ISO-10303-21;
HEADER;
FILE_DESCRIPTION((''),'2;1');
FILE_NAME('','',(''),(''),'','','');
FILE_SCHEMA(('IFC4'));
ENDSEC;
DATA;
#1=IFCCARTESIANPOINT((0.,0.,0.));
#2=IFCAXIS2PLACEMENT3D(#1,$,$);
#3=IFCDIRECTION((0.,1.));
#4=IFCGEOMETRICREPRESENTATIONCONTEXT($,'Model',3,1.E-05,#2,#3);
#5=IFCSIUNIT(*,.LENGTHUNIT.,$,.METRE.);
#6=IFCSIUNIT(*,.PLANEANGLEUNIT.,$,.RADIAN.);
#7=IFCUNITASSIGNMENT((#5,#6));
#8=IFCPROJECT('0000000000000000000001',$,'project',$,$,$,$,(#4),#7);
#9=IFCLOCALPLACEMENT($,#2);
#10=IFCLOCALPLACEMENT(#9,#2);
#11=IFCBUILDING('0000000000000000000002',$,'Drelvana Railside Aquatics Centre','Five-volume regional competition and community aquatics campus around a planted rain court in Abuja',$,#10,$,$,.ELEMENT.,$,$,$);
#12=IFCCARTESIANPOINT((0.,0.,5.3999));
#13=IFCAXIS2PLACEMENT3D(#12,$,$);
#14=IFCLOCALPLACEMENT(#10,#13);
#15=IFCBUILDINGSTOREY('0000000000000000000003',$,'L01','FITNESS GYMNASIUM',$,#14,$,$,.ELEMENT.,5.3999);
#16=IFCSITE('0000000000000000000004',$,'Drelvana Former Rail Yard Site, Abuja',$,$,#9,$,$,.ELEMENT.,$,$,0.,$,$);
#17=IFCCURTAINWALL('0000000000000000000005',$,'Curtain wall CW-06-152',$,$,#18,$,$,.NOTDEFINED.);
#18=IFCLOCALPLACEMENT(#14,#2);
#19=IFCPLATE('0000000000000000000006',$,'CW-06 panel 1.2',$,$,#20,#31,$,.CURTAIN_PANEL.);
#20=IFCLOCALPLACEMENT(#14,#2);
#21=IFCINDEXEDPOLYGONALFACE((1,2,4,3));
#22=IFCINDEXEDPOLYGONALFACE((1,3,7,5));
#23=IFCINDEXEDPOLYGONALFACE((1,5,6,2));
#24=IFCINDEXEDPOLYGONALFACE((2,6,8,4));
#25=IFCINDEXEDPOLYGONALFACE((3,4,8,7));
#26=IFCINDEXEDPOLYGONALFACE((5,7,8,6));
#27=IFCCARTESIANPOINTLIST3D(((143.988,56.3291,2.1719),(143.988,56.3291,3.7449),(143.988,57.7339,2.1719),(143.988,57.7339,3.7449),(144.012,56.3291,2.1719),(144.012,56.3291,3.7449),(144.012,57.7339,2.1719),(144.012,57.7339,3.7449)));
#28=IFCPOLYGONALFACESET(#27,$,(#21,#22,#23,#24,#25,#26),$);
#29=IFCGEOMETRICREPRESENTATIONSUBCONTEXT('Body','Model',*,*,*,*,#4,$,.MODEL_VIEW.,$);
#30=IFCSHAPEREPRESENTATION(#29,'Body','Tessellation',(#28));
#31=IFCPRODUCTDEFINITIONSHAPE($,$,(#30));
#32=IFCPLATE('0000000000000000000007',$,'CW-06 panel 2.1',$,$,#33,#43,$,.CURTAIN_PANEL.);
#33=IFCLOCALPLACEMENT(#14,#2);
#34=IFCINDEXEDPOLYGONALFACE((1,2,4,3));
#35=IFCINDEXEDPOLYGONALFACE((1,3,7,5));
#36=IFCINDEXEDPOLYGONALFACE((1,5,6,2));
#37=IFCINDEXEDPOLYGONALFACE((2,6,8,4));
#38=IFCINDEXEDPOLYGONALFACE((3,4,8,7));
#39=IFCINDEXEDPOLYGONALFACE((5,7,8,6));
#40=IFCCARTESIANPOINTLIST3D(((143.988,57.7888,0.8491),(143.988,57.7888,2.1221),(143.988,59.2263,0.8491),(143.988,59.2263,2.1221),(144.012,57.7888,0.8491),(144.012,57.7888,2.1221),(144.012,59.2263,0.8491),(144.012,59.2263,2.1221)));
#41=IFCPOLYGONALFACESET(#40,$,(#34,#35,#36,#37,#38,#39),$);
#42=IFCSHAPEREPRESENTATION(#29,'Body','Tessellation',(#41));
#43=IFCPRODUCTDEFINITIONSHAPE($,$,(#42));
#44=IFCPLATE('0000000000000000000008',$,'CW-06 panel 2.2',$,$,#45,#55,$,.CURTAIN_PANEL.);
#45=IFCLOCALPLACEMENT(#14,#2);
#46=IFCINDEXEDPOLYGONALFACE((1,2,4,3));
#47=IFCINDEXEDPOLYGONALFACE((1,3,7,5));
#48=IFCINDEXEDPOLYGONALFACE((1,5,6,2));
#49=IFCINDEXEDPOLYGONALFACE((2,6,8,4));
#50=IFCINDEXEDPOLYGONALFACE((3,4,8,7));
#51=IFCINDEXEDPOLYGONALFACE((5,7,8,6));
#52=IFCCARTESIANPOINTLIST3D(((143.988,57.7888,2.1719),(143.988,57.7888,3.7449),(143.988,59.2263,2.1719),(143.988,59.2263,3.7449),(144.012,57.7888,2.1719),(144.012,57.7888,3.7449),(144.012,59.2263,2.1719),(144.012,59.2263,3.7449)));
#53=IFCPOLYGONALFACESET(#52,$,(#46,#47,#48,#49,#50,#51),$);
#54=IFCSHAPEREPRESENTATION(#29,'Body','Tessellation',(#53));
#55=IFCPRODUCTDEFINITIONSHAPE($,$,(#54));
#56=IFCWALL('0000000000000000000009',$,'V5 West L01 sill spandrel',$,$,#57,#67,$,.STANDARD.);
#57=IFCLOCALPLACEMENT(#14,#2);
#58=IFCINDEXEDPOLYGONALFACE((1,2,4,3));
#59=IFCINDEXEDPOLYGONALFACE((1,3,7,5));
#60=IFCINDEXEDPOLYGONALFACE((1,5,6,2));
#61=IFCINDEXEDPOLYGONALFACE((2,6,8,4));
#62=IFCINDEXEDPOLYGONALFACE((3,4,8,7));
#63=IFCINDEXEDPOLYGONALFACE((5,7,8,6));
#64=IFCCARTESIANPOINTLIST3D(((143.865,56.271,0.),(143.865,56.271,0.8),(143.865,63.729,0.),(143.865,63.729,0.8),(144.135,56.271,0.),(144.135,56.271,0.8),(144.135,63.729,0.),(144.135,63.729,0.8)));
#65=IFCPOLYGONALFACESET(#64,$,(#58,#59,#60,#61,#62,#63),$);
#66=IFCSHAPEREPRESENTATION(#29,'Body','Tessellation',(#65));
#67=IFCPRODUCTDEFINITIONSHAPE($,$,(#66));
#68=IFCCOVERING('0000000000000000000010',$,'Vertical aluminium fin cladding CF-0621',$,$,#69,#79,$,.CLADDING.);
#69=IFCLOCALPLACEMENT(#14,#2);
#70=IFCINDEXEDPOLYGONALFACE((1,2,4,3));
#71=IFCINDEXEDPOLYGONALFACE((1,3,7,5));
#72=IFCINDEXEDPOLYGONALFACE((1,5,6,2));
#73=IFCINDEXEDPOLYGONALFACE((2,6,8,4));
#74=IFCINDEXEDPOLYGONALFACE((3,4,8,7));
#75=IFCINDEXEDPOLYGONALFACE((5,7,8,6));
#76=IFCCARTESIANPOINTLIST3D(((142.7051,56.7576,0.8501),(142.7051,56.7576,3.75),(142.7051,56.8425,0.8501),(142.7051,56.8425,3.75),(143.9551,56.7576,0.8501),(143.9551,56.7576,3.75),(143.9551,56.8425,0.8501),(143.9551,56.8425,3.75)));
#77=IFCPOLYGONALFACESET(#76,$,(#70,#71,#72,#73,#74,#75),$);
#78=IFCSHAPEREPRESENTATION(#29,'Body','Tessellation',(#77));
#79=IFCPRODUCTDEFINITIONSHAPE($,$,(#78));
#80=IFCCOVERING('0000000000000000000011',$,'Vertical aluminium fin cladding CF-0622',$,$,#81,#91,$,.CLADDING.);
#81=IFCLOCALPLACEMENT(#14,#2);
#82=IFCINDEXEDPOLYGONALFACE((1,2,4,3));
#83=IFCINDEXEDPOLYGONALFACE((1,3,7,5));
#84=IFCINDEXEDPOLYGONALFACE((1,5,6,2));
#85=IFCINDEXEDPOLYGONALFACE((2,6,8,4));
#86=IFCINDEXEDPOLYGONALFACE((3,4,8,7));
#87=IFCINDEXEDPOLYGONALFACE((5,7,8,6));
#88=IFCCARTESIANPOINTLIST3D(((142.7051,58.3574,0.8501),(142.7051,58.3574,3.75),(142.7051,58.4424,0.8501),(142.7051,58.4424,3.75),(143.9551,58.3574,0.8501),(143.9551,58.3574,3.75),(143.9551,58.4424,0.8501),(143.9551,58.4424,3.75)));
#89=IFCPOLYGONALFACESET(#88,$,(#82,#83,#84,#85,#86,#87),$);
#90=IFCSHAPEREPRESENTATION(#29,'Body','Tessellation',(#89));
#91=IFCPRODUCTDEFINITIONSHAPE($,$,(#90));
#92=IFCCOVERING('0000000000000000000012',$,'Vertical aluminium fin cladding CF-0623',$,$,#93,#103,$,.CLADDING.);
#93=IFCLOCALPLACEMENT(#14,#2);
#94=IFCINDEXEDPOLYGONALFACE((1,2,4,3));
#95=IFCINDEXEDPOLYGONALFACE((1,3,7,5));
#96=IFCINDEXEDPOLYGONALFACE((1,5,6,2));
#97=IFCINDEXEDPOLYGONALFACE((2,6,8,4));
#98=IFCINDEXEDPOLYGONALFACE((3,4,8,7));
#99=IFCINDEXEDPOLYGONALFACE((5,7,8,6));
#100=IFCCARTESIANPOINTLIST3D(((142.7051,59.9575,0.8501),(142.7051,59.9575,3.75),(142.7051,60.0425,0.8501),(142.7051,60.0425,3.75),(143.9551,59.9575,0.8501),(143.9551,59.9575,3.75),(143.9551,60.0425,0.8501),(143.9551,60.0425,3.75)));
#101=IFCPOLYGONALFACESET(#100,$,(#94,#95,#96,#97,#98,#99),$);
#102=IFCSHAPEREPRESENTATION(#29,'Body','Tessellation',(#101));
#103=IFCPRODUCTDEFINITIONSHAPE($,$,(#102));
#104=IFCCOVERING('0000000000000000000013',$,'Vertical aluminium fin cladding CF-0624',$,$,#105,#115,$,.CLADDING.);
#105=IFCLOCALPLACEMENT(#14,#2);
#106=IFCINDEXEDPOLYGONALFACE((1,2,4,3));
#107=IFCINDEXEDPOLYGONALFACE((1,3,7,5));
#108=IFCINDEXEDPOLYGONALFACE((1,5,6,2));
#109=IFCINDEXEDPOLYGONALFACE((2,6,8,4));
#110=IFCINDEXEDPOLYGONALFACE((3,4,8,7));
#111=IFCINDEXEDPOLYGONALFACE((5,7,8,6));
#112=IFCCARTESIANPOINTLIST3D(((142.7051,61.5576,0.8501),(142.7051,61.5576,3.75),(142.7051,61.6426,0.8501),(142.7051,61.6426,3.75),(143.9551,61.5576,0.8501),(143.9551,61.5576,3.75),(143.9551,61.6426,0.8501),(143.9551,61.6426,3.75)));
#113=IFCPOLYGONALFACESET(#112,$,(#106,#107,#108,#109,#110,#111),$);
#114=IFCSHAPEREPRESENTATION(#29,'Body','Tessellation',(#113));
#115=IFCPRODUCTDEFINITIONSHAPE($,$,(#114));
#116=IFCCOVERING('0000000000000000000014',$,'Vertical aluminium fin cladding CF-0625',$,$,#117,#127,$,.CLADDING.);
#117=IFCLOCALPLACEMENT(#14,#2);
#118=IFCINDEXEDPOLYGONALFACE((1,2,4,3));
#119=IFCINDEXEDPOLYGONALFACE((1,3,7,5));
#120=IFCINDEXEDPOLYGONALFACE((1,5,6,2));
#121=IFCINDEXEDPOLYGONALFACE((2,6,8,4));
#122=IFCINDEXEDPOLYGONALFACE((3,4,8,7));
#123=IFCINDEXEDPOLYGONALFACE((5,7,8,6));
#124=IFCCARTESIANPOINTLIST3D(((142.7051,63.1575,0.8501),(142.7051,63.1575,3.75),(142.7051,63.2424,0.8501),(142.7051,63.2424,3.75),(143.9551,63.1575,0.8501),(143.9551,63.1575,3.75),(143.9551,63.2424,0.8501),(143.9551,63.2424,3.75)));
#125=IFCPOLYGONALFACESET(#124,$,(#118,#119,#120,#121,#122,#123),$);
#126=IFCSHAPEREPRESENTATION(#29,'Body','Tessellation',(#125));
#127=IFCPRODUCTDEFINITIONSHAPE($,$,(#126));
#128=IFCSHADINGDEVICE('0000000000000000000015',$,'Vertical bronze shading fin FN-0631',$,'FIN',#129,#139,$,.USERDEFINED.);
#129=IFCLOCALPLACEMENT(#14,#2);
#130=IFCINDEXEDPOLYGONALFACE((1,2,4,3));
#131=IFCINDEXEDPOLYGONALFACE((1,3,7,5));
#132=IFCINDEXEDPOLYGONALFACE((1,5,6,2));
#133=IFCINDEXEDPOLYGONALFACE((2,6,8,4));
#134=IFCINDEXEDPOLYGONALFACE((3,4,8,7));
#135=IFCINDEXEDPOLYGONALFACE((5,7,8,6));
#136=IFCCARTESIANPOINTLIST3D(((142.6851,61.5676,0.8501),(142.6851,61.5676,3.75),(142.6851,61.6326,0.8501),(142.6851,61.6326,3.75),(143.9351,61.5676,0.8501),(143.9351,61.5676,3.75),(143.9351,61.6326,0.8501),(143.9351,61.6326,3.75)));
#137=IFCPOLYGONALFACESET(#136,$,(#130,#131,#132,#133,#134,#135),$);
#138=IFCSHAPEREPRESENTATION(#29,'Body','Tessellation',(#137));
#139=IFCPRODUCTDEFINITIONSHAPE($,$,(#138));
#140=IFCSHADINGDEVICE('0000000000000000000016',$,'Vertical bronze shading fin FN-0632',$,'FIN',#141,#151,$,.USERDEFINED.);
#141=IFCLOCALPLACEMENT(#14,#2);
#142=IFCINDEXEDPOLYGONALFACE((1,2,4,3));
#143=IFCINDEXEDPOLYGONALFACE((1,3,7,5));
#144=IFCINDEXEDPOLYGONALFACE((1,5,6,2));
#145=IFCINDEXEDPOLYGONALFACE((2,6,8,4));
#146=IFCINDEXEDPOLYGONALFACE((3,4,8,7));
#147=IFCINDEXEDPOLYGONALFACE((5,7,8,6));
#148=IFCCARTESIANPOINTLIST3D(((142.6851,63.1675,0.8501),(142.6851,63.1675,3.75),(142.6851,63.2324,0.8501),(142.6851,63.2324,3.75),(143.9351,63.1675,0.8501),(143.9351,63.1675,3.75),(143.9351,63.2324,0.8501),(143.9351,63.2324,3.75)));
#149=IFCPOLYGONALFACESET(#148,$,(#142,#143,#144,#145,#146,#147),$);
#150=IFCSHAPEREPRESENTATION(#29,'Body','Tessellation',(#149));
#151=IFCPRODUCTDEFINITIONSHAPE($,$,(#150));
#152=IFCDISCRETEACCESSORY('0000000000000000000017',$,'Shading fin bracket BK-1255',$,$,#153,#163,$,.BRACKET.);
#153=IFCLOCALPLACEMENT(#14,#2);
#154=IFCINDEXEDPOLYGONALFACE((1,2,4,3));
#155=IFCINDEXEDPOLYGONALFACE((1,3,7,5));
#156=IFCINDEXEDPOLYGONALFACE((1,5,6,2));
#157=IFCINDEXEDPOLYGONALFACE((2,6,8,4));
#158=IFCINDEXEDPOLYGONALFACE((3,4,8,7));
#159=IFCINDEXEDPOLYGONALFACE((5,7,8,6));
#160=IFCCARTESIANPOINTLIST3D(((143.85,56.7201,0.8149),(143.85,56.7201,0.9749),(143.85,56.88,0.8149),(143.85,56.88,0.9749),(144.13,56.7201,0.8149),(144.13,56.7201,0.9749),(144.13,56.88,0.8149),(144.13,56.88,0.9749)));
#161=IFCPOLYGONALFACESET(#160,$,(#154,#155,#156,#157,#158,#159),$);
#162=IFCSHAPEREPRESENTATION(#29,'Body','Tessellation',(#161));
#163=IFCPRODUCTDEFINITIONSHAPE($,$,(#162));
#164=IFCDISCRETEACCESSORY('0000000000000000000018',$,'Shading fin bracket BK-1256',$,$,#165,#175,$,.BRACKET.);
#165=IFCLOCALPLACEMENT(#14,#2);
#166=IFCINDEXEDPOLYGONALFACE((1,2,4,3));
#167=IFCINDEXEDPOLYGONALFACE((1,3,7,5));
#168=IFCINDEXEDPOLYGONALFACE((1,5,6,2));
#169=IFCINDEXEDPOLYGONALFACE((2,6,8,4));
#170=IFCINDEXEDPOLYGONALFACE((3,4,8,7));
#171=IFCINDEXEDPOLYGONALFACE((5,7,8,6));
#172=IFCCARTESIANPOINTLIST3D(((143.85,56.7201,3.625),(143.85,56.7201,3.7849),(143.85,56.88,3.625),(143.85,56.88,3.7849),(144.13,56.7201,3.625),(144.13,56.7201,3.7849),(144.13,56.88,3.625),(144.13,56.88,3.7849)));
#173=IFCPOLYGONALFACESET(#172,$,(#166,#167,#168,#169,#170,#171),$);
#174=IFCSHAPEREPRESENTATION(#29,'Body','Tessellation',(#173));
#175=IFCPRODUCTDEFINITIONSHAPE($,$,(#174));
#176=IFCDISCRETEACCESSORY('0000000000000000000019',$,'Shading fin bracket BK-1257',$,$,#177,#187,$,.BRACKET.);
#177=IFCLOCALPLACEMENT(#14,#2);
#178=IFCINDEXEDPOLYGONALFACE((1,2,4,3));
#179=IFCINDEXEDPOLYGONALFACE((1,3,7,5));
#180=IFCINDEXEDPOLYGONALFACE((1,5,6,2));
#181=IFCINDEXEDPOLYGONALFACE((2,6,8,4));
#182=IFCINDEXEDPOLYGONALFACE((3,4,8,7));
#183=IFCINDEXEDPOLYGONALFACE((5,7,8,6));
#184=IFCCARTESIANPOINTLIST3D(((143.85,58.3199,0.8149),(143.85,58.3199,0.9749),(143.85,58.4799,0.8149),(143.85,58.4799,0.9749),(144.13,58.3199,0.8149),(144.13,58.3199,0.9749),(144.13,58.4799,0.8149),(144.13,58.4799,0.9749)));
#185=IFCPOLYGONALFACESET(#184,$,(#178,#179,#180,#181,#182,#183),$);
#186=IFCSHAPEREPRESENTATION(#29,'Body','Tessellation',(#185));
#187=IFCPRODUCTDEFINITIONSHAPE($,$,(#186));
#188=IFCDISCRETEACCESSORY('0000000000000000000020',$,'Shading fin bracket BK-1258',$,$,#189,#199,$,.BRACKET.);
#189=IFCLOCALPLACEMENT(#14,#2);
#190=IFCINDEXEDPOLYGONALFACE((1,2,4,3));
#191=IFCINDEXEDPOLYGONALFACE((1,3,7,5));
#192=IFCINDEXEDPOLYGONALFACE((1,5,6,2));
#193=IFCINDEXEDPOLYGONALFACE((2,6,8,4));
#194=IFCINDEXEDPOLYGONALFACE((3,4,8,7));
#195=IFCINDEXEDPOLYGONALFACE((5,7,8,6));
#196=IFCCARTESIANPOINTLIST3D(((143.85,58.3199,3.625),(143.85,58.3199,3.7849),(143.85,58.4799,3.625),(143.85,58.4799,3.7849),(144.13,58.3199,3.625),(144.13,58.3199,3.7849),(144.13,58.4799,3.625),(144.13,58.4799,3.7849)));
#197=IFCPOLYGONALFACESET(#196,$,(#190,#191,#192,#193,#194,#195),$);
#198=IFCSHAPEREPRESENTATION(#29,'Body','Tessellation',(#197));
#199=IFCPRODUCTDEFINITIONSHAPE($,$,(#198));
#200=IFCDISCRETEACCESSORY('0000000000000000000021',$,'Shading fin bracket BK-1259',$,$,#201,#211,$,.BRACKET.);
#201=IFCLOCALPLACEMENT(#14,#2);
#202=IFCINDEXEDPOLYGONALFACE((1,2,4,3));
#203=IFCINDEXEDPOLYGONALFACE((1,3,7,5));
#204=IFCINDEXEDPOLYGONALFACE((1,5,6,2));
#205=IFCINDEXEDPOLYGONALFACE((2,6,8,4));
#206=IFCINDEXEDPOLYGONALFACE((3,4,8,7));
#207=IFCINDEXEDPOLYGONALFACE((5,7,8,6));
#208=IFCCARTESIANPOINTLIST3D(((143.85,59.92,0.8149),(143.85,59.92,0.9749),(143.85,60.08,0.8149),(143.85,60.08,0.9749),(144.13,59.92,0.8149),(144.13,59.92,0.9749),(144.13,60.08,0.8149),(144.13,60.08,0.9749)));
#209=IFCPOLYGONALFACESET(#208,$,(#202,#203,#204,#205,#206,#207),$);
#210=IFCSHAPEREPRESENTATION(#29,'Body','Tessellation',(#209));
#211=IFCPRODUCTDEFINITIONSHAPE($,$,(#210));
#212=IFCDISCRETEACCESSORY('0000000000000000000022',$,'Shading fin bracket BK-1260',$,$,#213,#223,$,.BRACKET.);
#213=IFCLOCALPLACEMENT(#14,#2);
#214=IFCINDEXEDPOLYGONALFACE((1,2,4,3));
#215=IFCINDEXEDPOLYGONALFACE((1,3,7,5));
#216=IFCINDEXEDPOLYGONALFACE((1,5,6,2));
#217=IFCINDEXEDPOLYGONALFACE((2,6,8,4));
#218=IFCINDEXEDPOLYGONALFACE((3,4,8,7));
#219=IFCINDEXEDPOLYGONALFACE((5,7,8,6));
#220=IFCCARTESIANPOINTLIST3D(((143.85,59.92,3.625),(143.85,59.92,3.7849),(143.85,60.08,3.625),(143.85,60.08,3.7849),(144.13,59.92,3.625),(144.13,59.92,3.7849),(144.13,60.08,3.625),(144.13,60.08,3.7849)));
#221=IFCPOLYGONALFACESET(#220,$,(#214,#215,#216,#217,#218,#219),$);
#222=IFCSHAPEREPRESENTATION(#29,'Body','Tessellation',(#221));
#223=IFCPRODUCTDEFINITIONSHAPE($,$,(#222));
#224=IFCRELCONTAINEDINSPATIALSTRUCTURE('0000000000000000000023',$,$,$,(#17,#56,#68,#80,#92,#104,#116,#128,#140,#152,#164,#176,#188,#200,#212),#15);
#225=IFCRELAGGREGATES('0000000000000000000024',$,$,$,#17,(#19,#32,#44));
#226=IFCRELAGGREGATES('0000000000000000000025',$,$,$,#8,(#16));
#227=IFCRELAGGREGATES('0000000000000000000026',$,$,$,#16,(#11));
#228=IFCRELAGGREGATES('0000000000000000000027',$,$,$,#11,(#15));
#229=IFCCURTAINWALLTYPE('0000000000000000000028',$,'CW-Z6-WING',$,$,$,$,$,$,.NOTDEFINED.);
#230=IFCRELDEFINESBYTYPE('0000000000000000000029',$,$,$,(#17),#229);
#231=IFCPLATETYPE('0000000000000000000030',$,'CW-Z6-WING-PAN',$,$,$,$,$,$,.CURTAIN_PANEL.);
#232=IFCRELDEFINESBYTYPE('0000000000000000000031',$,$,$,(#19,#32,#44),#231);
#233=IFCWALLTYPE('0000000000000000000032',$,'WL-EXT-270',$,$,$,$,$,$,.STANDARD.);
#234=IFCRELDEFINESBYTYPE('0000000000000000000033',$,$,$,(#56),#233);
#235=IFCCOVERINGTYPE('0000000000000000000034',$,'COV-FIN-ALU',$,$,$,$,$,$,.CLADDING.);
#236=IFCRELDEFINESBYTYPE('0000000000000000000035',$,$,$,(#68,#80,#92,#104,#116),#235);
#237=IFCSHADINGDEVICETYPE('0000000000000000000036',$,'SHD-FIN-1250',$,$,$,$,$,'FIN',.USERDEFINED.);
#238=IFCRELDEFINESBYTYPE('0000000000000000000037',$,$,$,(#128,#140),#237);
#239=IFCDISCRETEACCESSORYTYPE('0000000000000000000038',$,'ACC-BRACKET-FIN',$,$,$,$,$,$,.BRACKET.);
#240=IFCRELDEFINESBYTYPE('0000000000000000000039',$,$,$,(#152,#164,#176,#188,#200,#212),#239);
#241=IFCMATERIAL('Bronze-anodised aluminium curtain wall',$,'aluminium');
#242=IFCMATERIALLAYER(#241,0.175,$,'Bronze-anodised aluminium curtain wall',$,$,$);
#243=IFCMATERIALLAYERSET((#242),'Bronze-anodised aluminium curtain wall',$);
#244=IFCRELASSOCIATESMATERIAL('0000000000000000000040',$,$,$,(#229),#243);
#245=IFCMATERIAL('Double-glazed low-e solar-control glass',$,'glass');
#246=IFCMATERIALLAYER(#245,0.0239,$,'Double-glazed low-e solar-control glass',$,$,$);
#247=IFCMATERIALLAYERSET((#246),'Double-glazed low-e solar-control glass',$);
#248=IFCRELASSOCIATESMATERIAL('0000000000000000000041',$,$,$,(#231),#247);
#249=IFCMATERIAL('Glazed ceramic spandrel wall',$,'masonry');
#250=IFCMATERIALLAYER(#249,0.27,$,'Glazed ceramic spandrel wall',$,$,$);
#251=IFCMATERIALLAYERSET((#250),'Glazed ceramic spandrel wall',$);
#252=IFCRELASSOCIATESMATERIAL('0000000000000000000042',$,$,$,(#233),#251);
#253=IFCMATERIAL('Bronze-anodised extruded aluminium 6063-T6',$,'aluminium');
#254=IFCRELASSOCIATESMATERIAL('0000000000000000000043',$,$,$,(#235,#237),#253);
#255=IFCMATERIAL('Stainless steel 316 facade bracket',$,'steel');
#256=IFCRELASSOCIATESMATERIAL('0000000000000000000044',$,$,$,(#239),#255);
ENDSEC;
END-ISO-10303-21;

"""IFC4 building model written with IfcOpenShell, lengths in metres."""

from ifc_helpers import new_model, si_unit, direction, frame, frame_2d, origin, origin_2d, place, context, subcontext, project, spatial, rectangle, extrude, material, layer, layer_set, type_object, element, aggregate, save


model = new_model("IFC4")

# Units and contexts
model_context = context("Model", 3, precision=1e-05, world=origin(), true_north=direction((0.0, 1.0)))
body_context = subcontext(model_context, "Body", "Model", "MODEL_VIEW")
ifc_project = project(units=[si_unit("LENGTHUNIT", "METRE"), si_unit("PLANEANGLEUNIT", "RADIAN")], contexts=[model_context])

# Site, building, storey
site_placement = place(None, origin())
site = spatial("IfcSite", under=ifc_project, at=site_placement, Name="Drelvana Former Rail Yard Site, Abuja", CompositionType="ELEMENT", RefElevation=0.0)
building_placement = place(site_placement, origin())
building = spatial("IfcBuilding", under=site, at=building_placement, Name="Drelvana Railside Aquatics Centre", Description="Five-volume regional competition and community aquatics campus around a planted rain court in Abuja", CompositionType="ELEMENT")
storey_placement = place(building_placement, frame((0.0, 0.0, 5.3999)))
storey = spatial("IfcBuildingStorey", under=building, at=storey_placement, Name="L01", Description="FITNESS GYMNASIUM", CompositionType="ELEMENT", Elevation=5.3999)

# Curtain wall
ifc_material_1 = material(Name="Bronze-anodised aluminium curtain wall", Category="aluminium")
ifc_layer_1 = layer(ifc_material_1, 0.175, Name="Bronze-anodised aluminium curtain wall")
ifc_layer_set_1 = layer_set([ifc_layer_1], Name="Bronze-anodised aluminium curtain wall")
curtain_wall_type = type_object("IfcCurtainWallType", Name="CW-Z6-WING", PredefinedType="NOTDEFINED", material=ifc_layer_set_1)
curtain_wall_placement = place(storey_placement, origin())
curtain_wall = element("IfcCurtainWall", 1, at=curtain_wall_placement, inside=storey, type_object=curtain_wall_type, Name="Curtain wall CW-06-152", PredefinedType="NOTDEFINED")

# Plates
ifc_material_2 = material(Name="Double-glazed low-e solar-control glass", Category="glass")
ifc_layer_2 = layer(ifc_material_2, 0.0239, Name="Double-glazed low-e solar-control glass")
ifc_layer_set_2 = layer_set([ifc_layer_2], Name="Double-glazed low-e solar-control glass")
plate_type = type_object("IfcPlateType", Name="CW-Z6-WING-PAN", PredefinedType="CURTAIN_PANEL", material=ifc_layer_set_2)
plate_1_placement = place(storey_placement, frame((144.0, 57.0315, 2.1719), z_axis=(0.0, 0.0, 1.0), x_axis=(0.0, 1.0, 0.0)))
plate_1 = element("IfcPlate", 2, at=plate_1_placement, type_object=plate_type, Name="CW-06 panel 1.2", PredefinedType="CURTAIN_PANEL", context=body_context, shape_type="SweptSolid", body=[
    extrude(rectangle(XDim=1.4048, YDim=0.0239, at=origin_2d()), origin(), (0.0, 0.0, 1.0), 1.573),
])
plate_2_placement = place(storey_placement, frame((144.0, 58.5076, 0.8491), z_axis=(0.0, 0.0, 1.0), x_axis=(0.0, 1.0, 0.0)))
plate_2 = element("IfcPlate", 3, at=plate_2_placement, type_object=plate_type, Name="CW-06 panel 2.1", PredefinedType="CURTAIN_PANEL", context=body_context, shape_type="SweptSolid", body=[
    extrude(rectangle(XDim=1.4375, YDim=0.0239, at=origin_2d()), origin(), (0.0, 0.0, 1.0), 1.2729),
])
plate_3_placement = place(storey_placement, frame((144.0, 58.5076, 2.1719), z_axis=(0.0, 0.0, 1.0), x_axis=(0.0, 1.0, 0.0)))
plate_3 = element("IfcPlate", 4, at=plate_3_placement, type_object=plate_type, Name="CW-06 panel 2.2", PredefinedType="CURTAIN_PANEL", context=body_context, shape_type="SweptSolid", body=[
    extrude(rectangle(XDim=1.4375, YDim=0.0239, at=origin_2d()), origin(), (0.0, 0.0, 1.0), 1.573),
])
aggregate(curtain_wall, [plate_1, plate_2, plate_3])

# Wall
ifc_material_3 = material(Name="Glazed ceramic spandrel wall", Category="masonry")
ifc_layer_3 = layer(ifc_material_3, 0.27, Name="Glazed ceramic spandrel wall")
ifc_layer_set_3 = layer_set([ifc_layer_3], Name="Glazed ceramic spandrel wall")
wall_type = type_object("IfcWallType", Name="WL-EXT-270", PredefinedType="STANDARD", material=ifc_layer_set_3)
wall_placement = place(storey_placement, frame((144.0, 56.271, 0.0), z_axis=(0.0, 0.0, 1.0), x_axis=(0.0, 1.0, 0.0)))
element("IfcWall", 5, at=wall_placement, inside=storey, type_object=wall_type, Name="V5 West L01 sill spandrel", PredefinedType="STANDARD", context=body_context, shape_type="SweptSolid", body=[
    extrude(rectangle(XDim=7.458, YDim=0.27, at=frame_2d((3.729, 0.0))), origin(), (0.0, 0.0, 1.0), 0.8),
])

# Coverings
ifc_material_4 = material(Name="Bronze-anodised extruded aluminium 6063-T6", Category="aluminium")
covering_type = type_object("IfcCoveringType", Name="COV-FIN-ALU", PredefinedType="CLADDING", material=ifc_material_4)
for number, where, z_axis, x_axis, name in (
    (6, (143.3301, 56.8, 0.8501), (0.0, 0.0, 1.0), (0.0, 1.0, 0.0), "Vertical aluminium fin cladding CF-0621"),
    (7, (143.3301, 58.3999, 0.8501), (0.0, 0.0, 1.0), (0.0, 1.0, 0.0), "Vertical aluminium fin cladding CF-0622"),
    (8, (143.3301, 60.0, 0.8501), (0.0, 0.0, 1.0), (0.0, 1.0, 0.0), "Vertical aluminium fin cladding CF-0623"),
    (9, (143.3301, 61.6001, 0.8501), (0.0, 0.0, 1.0), (0.0, 1.0, 0.0), "Vertical aluminium fin cladding CF-0624"),
    (10, (143.3301, 63.2, 0.8501), (0.0, 0.0, 1.0), (0.0, 1.0, 0.0), "Vertical aluminium fin cladding CF-0625"),
):
    element("IfcCovering", number, at=place(storey_placement, frame(where, z_axis=z_axis, x_axis=x_axis)), inside=storey, type_object=covering_type, Name=name, PredefinedType="CLADDING", context=body_context, shape_type="SweptSolid", body=[
        extrude(rectangle(XDim=0.085, YDim=1.25, at=origin_2d()), origin(), (0.0, 0.0, 1.0), 2.8999),
    ])

# Shading devices
shading_device_type = type_object("IfcShadingDeviceType", Name="SHD-FIN-1250", ElementType="FIN", PredefinedType="USERDEFINED", material=ifc_material_4)
for number, where, z_axis, x_axis, name in (
    (11, (143.3101, 61.6001, 0.8501), (0.0, 0.0, 1.0), (-1.0, 0.0, 0.0), "Vertical bronze shading fin FN-0631"),
    (12, (143.3101, 63.2, 0.8501), (0.0, 0.0, 1.0), (-1.0, 0.0, 0.0), "Vertical bronze shading fin FN-0632"),
):
    element("IfcShadingDevice", number, at=place(storey_placement, frame(where, z_axis=z_axis, x_axis=x_axis)), inside=storey, type_object=shading_device_type, Name=name, ObjectType="FIN", PredefinedType="USERDEFINED", context=body_context, shape_type="SweptSolid", body=[
        extrude(rectangle(XDim=1.25, YDim=0.0649, at=origin_2d()), origin(), (0.0, 0.0, 1.0), 2.8999),
    ])

# Discrete accessories
ifc_material_5 = material(Name="Stainless steel 316 facade bracket", Category="steel")
discrete_accessory_type = type_object("IfcDiscreteAccessoryType", Name="ACC-BRACKET-FIN", PredefinedType="BRACKET", material=ifc_material_5)
for number, where, z_axis, x_axis, name in (
    (13, (143.99, 56.8, 0.8149), (0.0, 0.0, 1.0), (-1.0, 0.0, 0.0), "Shading fin bracket BK-1255"),
    (14, (143.99, 56.8, 3.625), (0.0, 0.0, 1.0), (-1.0, 0.0, 0.0), "Shading fin bracket BK-1256"),
    (15, (143.99, 58.3999, 0.8149), (0.0, 0.0, 1.0), (-1.0, 0.0, 0.0), "Shading fin bracket BK-1257"),
    (16, (143.99, 58.3999, 3.625), (0.0, 0.0, 1.0), (-1.0, 0.0, 0.0), "Shading fin bracket BK-1258"),
    (17, (143.99, 60.0, 0.8149), (0.0, 0.0, 1.0), (-1.0, 0.0, 0.0), "Shading fin bracket BK-1259"),
    (18, (143.99, 60.0, 3.625), (0.0, 0.0, 1.0), (-1.0, 0.0, 0.0), "Shading fin bracket BK-1260"),
):
    element("IfcDiscreteAccessory", number, at=place(storey_placement, frame(where, z_axis=z_axis, x_axis=x_axis)), inside=storey, type_object=discrete_accessory_type, Name=name, PredefinedType="BRACKET", context=body_context, shape_type="SweptSolid", body=[
        extrude(rectangle(XDim=0.28, YDim=0.1599, at=origin_2d()), origin(), (0.0, 0.0, 1.0), 0.1599),
    ])

save(model, "model.ifc")
